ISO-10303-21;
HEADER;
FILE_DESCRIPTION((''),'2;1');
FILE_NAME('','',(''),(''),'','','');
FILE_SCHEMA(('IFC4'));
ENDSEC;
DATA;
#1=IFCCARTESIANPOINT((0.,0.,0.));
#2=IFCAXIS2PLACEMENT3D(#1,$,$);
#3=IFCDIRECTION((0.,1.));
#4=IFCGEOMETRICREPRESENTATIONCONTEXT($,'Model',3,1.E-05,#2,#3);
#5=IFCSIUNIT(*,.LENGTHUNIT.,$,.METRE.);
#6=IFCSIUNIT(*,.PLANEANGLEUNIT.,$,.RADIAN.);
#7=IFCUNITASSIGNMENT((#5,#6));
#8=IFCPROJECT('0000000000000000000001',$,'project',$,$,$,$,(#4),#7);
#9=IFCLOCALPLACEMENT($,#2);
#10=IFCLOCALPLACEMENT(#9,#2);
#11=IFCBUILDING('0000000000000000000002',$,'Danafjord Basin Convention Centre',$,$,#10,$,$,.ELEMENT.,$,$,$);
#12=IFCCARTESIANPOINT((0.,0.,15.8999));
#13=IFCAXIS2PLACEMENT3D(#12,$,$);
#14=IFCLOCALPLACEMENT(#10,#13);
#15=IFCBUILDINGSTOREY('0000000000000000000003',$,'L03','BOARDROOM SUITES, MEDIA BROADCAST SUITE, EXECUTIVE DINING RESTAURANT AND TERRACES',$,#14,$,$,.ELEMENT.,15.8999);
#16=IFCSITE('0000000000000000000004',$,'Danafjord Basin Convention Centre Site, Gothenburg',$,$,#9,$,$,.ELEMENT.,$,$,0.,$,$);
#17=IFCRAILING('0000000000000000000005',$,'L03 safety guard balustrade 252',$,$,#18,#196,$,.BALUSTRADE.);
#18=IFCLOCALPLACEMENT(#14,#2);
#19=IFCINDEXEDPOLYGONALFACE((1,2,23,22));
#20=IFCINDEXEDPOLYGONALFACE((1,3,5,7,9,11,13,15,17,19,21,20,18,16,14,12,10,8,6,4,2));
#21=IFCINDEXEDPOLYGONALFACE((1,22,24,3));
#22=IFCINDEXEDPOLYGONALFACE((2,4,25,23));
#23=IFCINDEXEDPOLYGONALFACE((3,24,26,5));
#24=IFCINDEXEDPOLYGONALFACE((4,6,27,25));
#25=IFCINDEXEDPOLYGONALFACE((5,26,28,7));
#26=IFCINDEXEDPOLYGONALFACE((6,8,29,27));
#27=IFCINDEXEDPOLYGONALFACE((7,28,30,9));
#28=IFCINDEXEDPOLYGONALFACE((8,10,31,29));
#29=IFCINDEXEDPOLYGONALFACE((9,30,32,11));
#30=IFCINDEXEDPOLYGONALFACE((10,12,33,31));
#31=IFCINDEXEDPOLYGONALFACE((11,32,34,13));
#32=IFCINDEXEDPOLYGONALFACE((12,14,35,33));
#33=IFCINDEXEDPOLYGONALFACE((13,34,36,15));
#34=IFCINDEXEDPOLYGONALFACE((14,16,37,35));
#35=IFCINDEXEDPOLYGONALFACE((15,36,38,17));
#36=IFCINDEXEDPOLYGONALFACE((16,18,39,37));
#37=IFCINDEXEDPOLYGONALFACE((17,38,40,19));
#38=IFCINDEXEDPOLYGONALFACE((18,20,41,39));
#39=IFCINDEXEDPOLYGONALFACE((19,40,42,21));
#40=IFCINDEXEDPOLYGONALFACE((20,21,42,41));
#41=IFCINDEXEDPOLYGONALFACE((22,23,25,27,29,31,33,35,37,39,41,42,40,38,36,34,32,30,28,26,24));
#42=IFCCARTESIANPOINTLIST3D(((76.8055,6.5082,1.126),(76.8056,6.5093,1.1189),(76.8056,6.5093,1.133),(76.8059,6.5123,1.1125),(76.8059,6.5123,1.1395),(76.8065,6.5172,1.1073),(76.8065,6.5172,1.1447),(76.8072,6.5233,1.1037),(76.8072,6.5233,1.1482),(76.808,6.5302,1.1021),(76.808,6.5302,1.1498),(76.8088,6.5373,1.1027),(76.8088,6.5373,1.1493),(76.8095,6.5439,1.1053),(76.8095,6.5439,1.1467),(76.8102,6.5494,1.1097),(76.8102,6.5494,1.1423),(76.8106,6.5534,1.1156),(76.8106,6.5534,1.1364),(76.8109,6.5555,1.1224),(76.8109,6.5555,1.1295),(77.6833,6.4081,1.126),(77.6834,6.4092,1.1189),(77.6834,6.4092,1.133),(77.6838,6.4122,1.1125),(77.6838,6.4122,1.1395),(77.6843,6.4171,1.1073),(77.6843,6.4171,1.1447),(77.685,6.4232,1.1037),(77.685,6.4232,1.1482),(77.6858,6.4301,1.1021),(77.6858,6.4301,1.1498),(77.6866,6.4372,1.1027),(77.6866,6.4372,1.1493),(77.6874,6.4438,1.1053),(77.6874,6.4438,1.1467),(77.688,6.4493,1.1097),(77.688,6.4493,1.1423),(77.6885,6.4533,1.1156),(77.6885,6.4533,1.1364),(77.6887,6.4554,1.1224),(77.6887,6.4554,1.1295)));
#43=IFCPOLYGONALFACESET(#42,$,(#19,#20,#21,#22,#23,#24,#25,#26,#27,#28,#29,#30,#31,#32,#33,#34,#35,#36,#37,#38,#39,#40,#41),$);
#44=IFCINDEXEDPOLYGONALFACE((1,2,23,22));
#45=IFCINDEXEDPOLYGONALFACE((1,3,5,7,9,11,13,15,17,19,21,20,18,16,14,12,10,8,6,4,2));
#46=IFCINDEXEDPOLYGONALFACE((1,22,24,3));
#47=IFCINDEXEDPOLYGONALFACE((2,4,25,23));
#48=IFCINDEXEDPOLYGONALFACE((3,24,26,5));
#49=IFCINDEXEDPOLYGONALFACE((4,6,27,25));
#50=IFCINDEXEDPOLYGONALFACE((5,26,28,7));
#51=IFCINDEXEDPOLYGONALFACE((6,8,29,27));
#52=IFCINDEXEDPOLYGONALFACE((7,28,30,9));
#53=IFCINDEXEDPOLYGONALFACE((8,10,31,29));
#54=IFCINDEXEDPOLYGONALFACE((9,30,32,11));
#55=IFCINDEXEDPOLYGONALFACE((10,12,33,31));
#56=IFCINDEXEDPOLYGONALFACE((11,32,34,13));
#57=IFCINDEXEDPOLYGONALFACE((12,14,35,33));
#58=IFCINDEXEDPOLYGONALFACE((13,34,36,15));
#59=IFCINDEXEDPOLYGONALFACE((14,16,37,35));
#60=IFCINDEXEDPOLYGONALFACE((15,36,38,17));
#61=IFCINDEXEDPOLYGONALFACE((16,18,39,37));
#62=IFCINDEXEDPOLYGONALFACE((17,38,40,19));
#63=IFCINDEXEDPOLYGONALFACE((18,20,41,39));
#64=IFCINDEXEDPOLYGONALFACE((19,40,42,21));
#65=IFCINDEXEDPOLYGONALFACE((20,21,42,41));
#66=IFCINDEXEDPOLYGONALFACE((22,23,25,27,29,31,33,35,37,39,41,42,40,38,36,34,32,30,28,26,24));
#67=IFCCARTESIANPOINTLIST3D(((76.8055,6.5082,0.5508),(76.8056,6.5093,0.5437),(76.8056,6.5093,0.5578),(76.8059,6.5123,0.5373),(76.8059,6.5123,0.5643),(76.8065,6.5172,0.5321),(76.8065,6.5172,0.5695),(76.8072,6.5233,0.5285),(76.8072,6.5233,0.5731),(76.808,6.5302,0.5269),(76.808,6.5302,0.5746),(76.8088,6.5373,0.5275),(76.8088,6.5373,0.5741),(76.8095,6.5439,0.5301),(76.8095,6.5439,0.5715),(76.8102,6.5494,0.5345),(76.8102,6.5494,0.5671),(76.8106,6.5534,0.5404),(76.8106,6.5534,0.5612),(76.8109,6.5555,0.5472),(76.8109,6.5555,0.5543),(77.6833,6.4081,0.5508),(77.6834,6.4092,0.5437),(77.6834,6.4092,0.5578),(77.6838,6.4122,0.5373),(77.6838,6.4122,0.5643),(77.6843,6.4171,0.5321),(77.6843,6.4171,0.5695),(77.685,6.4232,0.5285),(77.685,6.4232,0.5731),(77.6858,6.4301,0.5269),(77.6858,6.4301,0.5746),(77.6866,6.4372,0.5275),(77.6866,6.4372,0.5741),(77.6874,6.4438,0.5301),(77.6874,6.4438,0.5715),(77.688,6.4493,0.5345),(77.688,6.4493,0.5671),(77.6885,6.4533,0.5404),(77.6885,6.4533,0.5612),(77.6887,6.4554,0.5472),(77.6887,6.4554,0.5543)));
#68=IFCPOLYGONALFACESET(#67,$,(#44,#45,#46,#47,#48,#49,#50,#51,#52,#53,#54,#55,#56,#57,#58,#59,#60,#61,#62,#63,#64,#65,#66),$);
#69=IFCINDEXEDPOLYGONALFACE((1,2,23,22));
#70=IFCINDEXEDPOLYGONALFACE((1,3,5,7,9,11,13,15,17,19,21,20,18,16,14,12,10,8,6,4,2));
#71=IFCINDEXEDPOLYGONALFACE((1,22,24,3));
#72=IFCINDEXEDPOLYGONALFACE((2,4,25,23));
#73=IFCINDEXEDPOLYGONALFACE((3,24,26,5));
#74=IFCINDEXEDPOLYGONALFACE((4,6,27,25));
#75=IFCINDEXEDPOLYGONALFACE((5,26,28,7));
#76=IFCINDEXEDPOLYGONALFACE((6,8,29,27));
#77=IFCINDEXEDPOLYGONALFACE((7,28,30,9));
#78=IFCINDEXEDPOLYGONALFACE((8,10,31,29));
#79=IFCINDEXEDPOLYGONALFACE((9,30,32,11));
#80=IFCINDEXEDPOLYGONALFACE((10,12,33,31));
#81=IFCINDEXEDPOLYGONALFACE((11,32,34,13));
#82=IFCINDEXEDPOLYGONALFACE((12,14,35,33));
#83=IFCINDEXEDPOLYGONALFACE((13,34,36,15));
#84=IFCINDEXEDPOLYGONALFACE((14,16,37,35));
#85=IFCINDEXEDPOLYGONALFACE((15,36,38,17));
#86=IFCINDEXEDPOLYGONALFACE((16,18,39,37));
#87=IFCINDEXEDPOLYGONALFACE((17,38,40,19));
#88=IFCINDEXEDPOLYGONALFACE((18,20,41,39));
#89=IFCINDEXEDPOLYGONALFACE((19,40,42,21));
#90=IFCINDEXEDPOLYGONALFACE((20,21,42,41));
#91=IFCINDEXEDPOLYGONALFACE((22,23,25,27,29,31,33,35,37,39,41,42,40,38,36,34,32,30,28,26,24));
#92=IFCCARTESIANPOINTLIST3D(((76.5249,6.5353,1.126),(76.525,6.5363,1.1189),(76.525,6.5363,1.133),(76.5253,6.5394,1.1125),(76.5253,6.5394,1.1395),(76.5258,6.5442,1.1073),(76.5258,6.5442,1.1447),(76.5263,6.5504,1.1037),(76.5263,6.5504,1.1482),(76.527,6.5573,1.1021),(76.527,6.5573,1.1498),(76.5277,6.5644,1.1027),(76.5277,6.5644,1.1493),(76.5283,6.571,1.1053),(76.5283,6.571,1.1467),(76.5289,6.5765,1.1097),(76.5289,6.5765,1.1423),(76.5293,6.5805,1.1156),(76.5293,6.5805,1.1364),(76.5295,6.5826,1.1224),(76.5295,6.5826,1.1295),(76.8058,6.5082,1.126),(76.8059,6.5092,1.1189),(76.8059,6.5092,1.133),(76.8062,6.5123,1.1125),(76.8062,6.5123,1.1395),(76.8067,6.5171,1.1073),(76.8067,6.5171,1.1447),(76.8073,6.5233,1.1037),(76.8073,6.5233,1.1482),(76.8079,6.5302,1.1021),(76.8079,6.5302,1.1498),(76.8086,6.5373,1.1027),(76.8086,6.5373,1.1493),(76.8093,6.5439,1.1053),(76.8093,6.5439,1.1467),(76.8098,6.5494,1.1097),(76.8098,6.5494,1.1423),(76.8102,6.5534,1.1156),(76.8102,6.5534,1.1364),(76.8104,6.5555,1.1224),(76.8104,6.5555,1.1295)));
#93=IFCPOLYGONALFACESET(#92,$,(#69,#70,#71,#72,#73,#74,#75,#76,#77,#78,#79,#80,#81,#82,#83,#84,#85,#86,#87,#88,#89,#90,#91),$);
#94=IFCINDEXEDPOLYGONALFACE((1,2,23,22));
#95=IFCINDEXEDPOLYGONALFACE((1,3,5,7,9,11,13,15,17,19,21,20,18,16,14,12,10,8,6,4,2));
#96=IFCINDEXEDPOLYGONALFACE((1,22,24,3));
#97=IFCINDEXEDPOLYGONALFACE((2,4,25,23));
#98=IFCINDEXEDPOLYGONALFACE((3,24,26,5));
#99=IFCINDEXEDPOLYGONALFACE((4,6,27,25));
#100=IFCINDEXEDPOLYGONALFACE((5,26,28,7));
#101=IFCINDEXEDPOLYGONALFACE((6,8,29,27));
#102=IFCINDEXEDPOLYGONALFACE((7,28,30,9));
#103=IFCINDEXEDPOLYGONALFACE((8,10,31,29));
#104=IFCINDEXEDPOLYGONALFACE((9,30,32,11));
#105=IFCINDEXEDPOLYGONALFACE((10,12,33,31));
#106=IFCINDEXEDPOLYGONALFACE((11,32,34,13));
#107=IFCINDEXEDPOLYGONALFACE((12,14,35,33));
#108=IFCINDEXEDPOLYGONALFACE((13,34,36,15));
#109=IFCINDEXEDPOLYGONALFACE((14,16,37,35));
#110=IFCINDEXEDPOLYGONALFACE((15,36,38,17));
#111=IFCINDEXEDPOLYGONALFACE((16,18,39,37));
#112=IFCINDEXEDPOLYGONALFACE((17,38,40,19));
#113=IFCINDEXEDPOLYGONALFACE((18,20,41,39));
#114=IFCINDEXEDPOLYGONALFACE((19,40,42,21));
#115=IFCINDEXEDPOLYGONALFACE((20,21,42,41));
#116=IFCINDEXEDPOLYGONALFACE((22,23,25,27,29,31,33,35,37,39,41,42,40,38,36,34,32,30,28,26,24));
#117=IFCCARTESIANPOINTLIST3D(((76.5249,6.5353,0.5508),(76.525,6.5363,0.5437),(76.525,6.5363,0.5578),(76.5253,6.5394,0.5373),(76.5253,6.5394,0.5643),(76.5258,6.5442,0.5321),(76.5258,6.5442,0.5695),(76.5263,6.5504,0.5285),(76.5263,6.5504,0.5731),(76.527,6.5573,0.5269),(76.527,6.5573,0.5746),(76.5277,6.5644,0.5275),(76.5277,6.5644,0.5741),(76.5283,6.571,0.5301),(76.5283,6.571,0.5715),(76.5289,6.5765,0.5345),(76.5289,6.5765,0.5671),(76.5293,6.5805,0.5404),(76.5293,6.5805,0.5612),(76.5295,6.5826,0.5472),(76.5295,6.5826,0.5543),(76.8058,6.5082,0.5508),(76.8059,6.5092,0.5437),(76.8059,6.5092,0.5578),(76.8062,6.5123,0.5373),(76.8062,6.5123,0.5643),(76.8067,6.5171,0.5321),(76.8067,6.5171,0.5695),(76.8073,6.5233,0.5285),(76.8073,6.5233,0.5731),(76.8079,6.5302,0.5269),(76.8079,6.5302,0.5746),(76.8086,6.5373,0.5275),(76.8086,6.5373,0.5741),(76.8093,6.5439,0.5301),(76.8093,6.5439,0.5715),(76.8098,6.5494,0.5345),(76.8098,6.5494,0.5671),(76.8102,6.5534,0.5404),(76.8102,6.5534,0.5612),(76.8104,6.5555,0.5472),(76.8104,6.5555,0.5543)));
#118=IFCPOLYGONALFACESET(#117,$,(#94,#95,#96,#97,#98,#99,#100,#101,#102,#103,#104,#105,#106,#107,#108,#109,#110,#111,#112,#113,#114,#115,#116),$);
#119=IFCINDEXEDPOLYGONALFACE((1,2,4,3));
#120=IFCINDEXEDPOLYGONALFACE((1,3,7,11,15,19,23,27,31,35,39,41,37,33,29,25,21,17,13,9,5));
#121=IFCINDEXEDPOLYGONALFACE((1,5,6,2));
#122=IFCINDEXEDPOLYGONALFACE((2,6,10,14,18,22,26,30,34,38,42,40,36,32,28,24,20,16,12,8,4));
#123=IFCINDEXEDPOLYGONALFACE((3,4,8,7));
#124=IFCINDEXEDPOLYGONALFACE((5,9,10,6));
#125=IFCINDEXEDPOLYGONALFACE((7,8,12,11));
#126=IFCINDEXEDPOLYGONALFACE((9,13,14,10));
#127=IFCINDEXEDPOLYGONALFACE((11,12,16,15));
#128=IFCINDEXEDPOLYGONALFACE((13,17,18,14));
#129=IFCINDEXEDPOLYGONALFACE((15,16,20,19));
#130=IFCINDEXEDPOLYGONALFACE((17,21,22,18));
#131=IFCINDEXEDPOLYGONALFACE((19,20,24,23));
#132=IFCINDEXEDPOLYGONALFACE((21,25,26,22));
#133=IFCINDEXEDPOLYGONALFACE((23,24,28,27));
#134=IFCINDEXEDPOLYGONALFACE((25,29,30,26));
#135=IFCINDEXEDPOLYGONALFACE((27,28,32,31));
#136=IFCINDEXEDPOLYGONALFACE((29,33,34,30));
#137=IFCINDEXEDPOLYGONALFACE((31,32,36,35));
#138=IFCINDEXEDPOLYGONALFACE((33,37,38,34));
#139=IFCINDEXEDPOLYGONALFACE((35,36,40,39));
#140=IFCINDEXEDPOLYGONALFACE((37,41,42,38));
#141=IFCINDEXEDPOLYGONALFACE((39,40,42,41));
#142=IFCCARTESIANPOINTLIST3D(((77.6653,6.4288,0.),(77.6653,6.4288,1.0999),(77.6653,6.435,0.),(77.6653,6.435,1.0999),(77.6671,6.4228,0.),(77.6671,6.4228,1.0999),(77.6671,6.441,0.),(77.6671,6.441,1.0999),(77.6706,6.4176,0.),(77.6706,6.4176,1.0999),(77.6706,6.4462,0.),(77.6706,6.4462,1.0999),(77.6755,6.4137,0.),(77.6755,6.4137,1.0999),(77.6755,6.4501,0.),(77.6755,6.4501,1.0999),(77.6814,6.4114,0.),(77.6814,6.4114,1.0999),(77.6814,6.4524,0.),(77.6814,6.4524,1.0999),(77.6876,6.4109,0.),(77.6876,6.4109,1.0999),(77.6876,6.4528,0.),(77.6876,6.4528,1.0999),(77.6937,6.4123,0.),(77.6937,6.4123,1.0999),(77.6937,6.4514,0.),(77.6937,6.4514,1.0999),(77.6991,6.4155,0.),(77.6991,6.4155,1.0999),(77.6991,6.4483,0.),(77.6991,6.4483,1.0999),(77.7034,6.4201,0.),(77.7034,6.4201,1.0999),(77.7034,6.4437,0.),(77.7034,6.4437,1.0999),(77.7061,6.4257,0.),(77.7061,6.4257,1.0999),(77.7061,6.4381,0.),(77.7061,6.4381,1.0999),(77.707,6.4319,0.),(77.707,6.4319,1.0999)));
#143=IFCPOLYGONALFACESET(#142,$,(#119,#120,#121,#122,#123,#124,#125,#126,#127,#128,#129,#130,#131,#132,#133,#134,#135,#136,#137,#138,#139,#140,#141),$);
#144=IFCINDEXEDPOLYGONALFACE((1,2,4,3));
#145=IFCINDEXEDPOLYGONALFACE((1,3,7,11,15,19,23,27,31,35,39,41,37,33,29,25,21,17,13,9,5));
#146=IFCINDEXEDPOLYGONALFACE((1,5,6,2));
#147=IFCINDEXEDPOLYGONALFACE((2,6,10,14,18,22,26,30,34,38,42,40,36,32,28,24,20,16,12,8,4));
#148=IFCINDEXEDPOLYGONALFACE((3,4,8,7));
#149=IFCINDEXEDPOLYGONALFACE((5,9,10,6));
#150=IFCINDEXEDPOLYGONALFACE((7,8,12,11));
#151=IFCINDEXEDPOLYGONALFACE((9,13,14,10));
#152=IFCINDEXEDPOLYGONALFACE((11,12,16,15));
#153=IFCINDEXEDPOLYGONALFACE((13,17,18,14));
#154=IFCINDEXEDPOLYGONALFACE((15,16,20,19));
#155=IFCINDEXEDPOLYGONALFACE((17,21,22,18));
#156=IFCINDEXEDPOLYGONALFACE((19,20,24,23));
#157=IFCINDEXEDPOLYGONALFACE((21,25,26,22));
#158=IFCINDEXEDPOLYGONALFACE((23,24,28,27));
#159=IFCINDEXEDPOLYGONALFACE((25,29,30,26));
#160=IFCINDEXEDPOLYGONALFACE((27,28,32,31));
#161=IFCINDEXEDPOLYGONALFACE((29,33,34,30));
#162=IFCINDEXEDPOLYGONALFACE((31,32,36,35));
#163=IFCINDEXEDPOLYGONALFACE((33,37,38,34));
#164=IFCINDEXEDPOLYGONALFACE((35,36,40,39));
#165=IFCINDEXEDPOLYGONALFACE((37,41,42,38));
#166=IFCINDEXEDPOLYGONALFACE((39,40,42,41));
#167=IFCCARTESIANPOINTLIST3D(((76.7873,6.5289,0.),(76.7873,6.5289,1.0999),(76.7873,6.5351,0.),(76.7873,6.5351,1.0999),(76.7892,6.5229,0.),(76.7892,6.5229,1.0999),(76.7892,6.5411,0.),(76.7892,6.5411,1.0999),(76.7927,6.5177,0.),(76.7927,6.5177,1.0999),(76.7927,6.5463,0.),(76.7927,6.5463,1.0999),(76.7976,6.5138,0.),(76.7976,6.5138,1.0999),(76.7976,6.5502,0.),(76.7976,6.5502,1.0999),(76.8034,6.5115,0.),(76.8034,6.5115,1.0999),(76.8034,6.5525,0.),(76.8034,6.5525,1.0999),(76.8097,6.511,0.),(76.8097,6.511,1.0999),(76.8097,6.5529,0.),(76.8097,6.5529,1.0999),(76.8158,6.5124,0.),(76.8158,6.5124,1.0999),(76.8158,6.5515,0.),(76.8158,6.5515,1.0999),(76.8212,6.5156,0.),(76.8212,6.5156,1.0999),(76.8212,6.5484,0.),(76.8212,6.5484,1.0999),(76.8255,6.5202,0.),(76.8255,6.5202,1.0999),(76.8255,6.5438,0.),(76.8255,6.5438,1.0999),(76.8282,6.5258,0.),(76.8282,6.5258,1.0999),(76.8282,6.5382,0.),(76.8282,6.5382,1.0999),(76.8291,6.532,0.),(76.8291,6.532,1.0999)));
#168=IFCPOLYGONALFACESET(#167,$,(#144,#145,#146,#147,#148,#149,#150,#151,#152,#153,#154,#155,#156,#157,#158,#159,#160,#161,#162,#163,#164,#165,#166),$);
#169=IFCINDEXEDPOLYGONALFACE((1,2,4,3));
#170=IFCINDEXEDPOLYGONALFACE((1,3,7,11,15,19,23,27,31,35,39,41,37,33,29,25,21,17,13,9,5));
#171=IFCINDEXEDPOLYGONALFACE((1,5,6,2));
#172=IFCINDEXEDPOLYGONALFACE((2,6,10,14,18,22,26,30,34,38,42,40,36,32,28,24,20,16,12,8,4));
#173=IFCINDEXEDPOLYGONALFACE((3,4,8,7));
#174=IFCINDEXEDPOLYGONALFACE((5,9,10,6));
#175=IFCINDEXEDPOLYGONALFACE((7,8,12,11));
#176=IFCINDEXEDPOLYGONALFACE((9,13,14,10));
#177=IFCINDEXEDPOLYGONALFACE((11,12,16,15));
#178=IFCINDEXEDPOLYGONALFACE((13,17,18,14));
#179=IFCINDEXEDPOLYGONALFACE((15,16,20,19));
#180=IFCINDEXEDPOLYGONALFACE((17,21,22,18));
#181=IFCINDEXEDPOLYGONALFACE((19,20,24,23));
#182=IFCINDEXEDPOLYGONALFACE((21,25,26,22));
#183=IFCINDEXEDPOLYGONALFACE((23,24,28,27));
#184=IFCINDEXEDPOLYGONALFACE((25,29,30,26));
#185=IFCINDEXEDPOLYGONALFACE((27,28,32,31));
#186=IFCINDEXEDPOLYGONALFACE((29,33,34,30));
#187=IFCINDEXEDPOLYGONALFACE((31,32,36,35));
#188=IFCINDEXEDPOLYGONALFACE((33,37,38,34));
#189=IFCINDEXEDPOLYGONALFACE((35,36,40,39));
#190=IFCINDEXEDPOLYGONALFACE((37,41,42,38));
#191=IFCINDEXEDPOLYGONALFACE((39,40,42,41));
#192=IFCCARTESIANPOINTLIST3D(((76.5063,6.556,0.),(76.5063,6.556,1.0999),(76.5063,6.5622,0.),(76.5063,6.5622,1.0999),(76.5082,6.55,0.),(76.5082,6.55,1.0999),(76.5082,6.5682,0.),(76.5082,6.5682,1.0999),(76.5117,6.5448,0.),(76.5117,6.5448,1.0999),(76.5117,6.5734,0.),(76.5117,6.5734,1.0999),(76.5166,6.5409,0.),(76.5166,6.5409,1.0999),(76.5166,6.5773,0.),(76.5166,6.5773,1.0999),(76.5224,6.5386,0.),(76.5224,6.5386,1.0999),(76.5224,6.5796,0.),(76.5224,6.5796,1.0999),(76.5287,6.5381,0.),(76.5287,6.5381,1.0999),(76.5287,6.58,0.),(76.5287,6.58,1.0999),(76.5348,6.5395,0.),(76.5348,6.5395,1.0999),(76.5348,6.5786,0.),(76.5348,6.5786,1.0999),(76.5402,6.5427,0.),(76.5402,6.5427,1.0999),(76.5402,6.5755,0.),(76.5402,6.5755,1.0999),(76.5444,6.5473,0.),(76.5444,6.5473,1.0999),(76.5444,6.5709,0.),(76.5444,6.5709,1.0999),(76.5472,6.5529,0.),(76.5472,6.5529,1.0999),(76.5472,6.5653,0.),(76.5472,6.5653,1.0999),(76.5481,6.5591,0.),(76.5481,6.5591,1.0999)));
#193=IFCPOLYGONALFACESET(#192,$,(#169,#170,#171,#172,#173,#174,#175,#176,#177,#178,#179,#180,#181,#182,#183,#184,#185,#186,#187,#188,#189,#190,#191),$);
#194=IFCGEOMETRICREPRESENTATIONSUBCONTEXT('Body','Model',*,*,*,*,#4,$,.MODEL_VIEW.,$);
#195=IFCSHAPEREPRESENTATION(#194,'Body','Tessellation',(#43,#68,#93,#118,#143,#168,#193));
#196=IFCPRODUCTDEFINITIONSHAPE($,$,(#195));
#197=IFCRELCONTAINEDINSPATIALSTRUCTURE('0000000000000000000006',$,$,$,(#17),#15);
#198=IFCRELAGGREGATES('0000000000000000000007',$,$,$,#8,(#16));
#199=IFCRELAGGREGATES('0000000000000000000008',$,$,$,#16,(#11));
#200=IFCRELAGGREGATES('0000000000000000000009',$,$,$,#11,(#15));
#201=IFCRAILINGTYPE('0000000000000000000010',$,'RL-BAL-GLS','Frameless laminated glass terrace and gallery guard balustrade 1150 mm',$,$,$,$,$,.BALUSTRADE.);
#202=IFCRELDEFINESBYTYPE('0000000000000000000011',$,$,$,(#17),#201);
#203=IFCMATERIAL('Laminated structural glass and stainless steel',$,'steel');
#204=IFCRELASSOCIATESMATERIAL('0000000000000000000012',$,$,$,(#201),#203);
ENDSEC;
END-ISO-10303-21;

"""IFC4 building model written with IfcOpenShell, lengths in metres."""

from ifc_helpers import new_model, si_unit, direction, frame, origin, origin_2d, place, context, subcontext, project, spatial, circle, extrude, material, type_object, element, save


model = new_model("IFC4")

# Units and contexts
model_context = context("Model", 3, precision=1e-05, world=origin(), true_north=direction((0.0, 1.0)))
body_context = subcontext(model_context, "Body", "Model", "MODEL_VIEW")
ifc_project = project(units=[si_unit("LENGTHUNIT", "METRE"), si_unit("PLANEANGLEUNIT", "RADIAN")], contexts=[model_context])

# Site, building, storey
site_placement = place(None, origin())
site = spatial("IfcSite", under=ifc_project, at=site_placement, Name="Danafjord Basin Convention Centre Site, Gothenburg", CompositionType="ELEMENT", RefElevation=0.0)
building_placement = place(site_placement, origin())
building = spatial("IfcBuilding", under=site, at=building_placement, Name="Danafjord Basin Convention Centre", CompositionType="ELEMENT")
storey_placement = place(building_placement, frame((0.0, 0.0, 15.8999)))
storey = spatial("IfcBuildingStorey", under=building, at=storey_placement, Name="L03", Description="BOARDROOM SUITES, MEDIA BROADCAST SUITE, EXECUTIVE DINING RESTAURANT AND TERRACES", CompositionType="ELEMENT", Elevation=15.8999)

# Railing
ifc_material_1 = material(Name="Laminated structural glass and stainless steel", Category="steel")
railing_type_1 = type_object("IfcRailingType", Name="RL-BAL-GLS", Description="Frameless laminated glass terrace and gallery guard balustrade 1150 mm", PredefinedType="BALUSTRADE", material=ifc_material_1)
railing_1_placement = place(storey_placement, frame((77.686, 6.4319, 0.0)))
element("IfcRailing", 1, at=railing_1_placement, inside=storey, type_object=railing_type_1, Name="L03 safety guard balustrade 252", PredefinedType="BALUSTRADE", context=body_context, shape_type="SweptSolid", body=[
    extrude(circle(Radius=0.0239, at=origin_2d()), frame((0.0, 0.0, 1.126), z_axis=(-0.993563, 0.113282, 0.0), x_axis=(-0.113282, -0.993563, 0.0)), (0.0, 0.0, 1.0), 0.8835),
    extrude(circle(Radius=0.0239, at=origin_2d()), frame((0.0, 0.0, 0.5508), z_axis=(-0.993563, 0.113282, 0.0), x_axis=(-0.113282, -0.993563, 0.0)), (0.0, 0.0, 1.0), 0.8835),
    extrude(circle(Radius=0.0239, at=origin_2d()), frame((-0.8779, 0.1001, 1.126), z_axis=(-0.995382, 0.095993, 0.0), x_axis=(-0.095993, -0.995382, 0.0)), (0.0, 0.0, 1.0), 0.2822),
    extrude(circle(Radius=0.0239, at=origin_2d()), frame((-0.8779, 0.1001, 0.5508), z_axis=(-0.995382, 0.095993, 0.0), x_axis=(-0.095993, -0.995382, 0.0)), (0.0, 0.0, 1.0), 0.2822),
    extrude(circle(Radius=0.021, at=origin_2d()), origin(), (0.0, 0.0, 1.0), 1.0999),
    extrude(circle(Radius=0.021, at=origin_2d()), frame((-0.8779, 0.1001, 0.0)), (0.0, 0.0, 1.0), 1.0999),
    extrude(circle(Radius=0.021, at=origin_2d()), frame((-1.1589, 0.1272, 0.0)), (0.0, 0.0, 1.0), 1.0999),
])

save(model, "model.ifc")
